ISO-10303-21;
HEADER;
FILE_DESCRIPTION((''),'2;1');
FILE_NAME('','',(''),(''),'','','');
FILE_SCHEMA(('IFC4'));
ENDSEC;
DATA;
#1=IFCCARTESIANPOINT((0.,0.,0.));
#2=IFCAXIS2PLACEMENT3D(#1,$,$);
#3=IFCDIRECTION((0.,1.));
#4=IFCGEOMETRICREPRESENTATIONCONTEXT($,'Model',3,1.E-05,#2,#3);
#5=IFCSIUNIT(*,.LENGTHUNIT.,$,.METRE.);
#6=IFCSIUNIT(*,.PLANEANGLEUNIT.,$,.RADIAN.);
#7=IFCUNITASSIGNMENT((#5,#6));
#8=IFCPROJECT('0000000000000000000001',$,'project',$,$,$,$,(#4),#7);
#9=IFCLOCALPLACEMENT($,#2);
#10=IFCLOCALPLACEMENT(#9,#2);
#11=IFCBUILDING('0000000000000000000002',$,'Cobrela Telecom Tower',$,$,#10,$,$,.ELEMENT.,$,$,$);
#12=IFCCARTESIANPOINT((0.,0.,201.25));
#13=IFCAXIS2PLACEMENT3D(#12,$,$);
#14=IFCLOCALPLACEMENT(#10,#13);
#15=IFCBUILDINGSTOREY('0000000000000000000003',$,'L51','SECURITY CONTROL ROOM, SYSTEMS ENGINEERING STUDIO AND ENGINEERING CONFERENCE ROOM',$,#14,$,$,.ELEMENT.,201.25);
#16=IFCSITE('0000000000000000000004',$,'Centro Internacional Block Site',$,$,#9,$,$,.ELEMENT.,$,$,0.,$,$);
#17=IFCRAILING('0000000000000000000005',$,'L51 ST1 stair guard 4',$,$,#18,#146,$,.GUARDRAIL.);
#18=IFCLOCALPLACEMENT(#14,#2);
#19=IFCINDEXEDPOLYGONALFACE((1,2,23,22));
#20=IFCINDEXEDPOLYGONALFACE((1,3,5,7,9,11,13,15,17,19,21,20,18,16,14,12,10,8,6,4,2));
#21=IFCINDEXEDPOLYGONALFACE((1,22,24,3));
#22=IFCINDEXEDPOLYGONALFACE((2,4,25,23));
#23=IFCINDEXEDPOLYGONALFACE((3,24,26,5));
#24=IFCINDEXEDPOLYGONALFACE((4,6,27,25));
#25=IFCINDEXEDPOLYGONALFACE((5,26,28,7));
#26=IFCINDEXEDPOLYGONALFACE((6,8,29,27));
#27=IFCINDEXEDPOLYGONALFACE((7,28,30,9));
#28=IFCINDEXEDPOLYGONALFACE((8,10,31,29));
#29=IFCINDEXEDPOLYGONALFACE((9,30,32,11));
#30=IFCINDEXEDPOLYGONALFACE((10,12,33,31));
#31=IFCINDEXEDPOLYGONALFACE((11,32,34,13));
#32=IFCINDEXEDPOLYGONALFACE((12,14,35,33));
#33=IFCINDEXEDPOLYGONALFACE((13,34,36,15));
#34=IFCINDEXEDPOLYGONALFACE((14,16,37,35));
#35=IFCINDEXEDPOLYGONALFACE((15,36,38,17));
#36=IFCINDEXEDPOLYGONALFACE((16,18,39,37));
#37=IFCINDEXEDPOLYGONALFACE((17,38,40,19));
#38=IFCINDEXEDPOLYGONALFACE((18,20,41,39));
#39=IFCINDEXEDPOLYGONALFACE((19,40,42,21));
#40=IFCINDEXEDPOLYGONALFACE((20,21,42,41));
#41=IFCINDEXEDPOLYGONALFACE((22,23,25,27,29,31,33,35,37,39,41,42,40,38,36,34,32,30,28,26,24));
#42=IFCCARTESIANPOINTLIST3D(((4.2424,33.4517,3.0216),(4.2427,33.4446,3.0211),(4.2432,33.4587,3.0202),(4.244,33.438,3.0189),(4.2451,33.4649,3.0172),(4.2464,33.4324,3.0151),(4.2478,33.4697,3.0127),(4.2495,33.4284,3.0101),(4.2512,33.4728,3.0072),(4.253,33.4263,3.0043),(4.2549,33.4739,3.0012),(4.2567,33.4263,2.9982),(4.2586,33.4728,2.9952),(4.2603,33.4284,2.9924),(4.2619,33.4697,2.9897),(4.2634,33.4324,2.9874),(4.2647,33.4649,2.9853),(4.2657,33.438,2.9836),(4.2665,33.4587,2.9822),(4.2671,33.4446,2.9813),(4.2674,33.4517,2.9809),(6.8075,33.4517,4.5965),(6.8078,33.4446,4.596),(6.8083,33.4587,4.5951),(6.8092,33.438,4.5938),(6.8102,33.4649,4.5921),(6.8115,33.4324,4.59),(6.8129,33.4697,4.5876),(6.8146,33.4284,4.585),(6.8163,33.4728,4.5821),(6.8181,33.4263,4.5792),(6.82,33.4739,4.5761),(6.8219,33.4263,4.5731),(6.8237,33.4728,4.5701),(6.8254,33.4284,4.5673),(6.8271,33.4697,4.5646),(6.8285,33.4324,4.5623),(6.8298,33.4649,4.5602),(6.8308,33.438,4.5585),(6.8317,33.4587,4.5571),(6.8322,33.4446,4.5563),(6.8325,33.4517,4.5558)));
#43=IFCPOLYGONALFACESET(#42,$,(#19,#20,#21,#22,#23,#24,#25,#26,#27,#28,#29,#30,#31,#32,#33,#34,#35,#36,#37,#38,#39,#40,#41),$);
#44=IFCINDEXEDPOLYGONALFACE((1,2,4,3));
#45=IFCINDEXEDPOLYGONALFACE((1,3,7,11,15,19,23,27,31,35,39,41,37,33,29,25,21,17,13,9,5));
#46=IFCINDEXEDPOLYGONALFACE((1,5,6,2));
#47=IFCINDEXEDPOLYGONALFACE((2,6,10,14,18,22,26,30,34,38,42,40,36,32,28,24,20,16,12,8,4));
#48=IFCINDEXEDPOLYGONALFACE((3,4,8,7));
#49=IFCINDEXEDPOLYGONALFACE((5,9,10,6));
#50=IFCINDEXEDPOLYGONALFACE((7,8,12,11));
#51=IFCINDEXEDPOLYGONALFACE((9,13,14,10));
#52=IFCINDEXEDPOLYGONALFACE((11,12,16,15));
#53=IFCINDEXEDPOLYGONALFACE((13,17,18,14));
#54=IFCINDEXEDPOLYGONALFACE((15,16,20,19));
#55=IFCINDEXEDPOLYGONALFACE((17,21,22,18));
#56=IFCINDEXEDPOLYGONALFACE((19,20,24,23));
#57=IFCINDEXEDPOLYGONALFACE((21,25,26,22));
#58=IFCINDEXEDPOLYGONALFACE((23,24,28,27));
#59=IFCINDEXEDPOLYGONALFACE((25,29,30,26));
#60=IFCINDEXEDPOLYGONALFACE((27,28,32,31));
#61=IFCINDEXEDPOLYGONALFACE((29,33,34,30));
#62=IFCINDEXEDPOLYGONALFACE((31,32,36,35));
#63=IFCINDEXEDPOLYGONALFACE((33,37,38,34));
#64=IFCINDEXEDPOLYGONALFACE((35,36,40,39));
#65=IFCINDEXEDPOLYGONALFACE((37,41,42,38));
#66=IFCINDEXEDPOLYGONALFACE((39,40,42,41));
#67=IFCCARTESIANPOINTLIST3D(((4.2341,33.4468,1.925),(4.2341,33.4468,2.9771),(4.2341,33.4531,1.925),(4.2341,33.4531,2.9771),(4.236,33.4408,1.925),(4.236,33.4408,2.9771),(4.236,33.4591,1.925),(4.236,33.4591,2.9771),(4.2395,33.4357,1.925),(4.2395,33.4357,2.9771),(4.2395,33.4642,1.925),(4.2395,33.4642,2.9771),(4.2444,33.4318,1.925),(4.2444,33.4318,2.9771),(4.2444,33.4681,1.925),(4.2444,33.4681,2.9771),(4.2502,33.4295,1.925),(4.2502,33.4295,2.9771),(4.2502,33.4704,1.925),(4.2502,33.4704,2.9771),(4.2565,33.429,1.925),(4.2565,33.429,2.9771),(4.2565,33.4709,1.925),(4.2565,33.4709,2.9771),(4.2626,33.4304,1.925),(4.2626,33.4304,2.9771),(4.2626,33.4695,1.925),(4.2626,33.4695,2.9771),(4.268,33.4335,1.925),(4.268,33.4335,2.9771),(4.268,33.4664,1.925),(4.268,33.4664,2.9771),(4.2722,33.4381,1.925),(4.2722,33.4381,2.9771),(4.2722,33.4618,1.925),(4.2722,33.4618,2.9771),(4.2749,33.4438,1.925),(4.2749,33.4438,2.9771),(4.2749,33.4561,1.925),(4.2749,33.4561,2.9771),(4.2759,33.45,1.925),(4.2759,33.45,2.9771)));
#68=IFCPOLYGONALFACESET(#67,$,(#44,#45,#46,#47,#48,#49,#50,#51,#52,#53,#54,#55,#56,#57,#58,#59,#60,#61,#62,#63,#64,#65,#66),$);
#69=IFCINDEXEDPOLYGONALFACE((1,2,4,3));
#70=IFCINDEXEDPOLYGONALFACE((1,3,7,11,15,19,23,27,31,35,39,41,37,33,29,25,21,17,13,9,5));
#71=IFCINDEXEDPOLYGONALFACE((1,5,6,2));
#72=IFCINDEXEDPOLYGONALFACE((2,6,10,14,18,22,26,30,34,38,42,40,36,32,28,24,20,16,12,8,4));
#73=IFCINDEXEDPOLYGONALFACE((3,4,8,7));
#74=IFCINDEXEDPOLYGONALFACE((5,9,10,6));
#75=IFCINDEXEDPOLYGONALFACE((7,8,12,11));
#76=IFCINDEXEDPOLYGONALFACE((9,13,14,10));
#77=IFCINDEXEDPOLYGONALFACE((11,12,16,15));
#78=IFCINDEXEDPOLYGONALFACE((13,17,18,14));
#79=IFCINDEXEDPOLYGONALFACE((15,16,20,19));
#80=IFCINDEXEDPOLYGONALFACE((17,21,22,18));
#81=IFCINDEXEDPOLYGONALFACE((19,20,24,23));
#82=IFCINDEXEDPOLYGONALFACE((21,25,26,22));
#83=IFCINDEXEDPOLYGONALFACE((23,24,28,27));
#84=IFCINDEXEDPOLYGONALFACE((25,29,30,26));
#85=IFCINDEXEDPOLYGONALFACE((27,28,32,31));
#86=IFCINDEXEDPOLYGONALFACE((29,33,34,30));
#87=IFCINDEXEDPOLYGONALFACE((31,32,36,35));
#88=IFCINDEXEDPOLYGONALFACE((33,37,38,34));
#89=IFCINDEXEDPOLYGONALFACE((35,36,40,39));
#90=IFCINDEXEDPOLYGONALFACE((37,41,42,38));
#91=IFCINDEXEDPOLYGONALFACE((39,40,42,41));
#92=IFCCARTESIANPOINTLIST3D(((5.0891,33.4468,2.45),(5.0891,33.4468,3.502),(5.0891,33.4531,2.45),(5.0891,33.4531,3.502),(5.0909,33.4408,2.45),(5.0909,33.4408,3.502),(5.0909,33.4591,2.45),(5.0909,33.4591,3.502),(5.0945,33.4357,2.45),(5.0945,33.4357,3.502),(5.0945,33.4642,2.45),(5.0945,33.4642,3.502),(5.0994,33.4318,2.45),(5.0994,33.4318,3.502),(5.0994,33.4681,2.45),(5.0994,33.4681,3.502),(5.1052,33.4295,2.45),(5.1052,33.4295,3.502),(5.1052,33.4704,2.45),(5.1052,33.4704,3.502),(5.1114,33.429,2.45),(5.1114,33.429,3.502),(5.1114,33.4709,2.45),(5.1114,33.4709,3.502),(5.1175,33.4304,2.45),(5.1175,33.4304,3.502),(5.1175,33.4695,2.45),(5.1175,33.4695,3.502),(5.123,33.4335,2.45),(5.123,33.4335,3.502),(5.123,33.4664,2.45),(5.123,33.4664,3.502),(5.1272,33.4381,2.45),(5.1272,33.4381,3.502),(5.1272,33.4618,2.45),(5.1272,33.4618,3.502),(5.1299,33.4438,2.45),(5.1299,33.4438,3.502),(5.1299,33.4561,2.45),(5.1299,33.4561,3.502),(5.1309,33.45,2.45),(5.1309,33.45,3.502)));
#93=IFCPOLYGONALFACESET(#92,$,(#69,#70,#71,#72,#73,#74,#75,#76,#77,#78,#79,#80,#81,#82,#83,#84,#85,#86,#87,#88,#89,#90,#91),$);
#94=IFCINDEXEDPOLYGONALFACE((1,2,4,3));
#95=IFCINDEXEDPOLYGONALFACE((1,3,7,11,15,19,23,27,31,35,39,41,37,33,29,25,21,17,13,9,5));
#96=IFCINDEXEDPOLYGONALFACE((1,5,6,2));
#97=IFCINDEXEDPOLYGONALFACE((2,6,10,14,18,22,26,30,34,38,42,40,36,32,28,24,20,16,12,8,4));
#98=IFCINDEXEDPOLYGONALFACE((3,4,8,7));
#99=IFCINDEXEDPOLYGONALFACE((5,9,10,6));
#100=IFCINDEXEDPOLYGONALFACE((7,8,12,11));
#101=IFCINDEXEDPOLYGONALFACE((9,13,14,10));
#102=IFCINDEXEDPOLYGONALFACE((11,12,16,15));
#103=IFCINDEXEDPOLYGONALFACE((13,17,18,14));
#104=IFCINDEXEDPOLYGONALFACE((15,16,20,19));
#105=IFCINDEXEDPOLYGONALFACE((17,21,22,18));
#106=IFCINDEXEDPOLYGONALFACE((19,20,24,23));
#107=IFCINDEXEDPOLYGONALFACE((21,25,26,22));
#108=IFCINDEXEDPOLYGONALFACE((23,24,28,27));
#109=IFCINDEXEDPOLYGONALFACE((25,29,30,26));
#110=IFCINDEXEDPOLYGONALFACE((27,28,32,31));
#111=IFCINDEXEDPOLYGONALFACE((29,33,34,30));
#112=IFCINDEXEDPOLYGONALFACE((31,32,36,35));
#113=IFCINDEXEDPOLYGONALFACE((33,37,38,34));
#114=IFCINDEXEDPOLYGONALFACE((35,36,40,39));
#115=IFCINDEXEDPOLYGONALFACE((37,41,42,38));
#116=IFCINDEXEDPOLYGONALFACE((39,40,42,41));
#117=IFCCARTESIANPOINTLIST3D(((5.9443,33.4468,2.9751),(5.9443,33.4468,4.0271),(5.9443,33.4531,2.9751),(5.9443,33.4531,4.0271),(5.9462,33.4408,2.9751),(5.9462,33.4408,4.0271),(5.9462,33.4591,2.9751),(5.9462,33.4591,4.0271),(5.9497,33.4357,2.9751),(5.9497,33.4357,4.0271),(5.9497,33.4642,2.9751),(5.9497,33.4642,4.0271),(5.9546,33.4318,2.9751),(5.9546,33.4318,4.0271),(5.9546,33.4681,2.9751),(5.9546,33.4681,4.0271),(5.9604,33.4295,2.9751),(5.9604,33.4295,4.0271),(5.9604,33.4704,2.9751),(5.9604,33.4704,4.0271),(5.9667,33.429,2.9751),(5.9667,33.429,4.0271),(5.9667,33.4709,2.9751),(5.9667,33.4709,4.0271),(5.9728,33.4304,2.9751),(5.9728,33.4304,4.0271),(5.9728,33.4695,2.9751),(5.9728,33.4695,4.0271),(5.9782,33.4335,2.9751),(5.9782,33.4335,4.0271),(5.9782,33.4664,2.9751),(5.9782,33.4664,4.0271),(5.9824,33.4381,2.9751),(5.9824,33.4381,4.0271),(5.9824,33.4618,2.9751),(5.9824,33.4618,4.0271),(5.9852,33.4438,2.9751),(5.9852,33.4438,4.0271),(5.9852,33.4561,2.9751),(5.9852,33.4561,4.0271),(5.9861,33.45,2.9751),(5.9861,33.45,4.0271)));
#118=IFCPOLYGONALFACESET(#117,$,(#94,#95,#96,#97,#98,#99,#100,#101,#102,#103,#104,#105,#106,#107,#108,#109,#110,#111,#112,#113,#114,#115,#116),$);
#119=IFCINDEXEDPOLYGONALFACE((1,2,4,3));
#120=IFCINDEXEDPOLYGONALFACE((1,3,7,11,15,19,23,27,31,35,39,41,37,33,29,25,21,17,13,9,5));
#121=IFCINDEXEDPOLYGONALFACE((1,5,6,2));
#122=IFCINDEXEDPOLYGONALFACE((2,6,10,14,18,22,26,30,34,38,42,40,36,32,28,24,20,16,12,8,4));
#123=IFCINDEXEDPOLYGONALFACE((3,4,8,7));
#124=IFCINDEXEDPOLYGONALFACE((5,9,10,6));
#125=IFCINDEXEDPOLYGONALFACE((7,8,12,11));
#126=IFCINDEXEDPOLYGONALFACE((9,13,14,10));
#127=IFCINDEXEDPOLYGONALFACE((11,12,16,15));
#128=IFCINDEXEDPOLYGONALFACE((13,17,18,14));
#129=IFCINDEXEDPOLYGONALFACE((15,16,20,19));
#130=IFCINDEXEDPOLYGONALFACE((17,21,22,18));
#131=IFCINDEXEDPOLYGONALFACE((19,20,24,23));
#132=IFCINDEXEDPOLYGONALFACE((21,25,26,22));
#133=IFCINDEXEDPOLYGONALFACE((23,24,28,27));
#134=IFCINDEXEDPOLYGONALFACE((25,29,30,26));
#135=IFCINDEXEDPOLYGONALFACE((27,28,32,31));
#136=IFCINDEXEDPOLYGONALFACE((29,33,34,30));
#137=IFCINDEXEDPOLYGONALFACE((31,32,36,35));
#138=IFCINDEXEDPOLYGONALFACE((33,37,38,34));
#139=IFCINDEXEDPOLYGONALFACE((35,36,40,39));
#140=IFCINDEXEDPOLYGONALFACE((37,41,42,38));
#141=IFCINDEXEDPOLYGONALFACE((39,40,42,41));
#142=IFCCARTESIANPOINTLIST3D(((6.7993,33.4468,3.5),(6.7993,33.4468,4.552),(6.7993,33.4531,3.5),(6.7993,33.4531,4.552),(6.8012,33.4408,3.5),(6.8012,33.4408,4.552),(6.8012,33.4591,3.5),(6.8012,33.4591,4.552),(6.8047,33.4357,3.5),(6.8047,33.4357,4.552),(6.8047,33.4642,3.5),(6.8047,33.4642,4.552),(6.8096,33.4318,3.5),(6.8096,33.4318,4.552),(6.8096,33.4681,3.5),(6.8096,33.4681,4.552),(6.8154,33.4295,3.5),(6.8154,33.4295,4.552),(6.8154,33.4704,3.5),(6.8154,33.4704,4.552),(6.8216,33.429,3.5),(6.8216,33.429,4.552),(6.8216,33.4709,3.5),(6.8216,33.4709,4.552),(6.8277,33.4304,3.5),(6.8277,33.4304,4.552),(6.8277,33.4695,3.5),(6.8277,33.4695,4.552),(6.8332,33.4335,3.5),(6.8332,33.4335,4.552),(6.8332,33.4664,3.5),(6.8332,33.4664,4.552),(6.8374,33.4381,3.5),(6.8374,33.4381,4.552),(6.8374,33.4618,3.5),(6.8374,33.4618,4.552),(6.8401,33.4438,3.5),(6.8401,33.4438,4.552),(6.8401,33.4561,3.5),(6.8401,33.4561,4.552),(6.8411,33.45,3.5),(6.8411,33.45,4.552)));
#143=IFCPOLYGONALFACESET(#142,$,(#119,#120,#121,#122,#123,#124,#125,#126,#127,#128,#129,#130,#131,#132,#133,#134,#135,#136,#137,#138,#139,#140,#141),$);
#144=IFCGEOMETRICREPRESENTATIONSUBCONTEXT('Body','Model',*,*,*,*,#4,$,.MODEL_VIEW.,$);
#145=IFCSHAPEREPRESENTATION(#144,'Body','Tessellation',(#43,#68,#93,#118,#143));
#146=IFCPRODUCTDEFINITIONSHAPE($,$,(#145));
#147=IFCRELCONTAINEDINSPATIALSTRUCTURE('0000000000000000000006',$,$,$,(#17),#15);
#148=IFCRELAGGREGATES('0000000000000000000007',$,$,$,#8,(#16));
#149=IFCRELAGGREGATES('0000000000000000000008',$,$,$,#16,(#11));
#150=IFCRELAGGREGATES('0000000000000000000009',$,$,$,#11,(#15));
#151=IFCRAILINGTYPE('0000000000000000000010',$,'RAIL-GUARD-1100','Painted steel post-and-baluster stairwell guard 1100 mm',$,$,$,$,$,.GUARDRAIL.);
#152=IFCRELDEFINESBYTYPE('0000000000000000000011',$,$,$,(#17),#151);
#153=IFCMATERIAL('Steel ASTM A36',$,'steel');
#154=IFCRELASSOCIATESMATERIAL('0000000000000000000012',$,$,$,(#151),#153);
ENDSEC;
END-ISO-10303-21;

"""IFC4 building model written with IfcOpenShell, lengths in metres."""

from ifc_helpers import new_model, si_unit, direction, frame, origin, origin_2d, place, context, subcontext, project, spatial, circle, extrude, material, type_object, element, save


model = new_model("IFC4")

# Units and contexts
model_context = context("Model", 3, precision=1e-05, world=origin(), true_north=direction((0.0, 1.0)))
body_context = subcontext(model_context, "Body", "Model", "MODEL_VIEW")
ifc_project = project(units=[si_unit("LENGTHUNIT", "METRE"), si_unit("PLANEANGLEUNIT", "RADIAN")], contexts=[model_context])

# Site, building, storey
site_placement = place(None, origin())
site = spatial("IfcSite", under=ifc_project, at=site_placement, Name="Centro Internacional Block Site", CompositionType="ELEMENT", RefElevation=0.0)
building_placement = place(site_placement, origin())
building = spatial("IfcBuilding", under=site, at=building_placement, Name="Cobrela Telecom Tower", CompositionType="ELEMENT")
storey_placement = place(building_placement, frame((0.0, 0.0, 201.25)))
storey = spatial("IfcBuildingStorey", under=building, at=storey_placement, Name="L51", Description="SECURITY CONTROL ROOM, SYSTEMS ENGINEERING STUDIO AND ENGINEERING CONFERENCE ROOM", CompositionType="ELEMENT", Elevation=201.25)

# Shared definitions
ifc_material_1 = material(Name="Steel ASTM A36", Category="steel")

# Railing
railing_type_1 = type_object("IfcRailingType", Name="RAIL-GUARD-1100", Description="Painted steel post-and-baluster stairwell guard 1100 mm", PredefinedType="GUARDRAIL", material=ifc_material_1)
railing_1_placement = place(storey_placement, frame((4.2549, 33.45, 1.925)))
element("IfcRailing", 1, at=railing_1_placement, inside=storey, type_object=railing_type_1, Name="L51 ST1 stair guard 4", PredefinedType="GUARDRAIL", context=body_context, shape_type="SweptSolid", body=[
    extrude(circle(Radius=0.0239, at=origin_2d()), frame((0.0, 0.0, 1.0762), z_axis=(0.852195, 0.0, 0.523224), x_axis=(0.0, 1.0, 0.0)), (0.0, 0.0, 1.0), 3.01),
    extrude(circle(Radius=0.021, at=origin_2d()), origin(), (0.0, 0.0, 1.0), 1.052),
    extrude(circle(Radius=0.021, at=origin_2d()), frame((0.855, 0.0, 0.5249)), (0.0, 0.0, 1.0), 1.052),
    extrude(circle(Radius=0.021, at=origin_2d()), frame((1.7102, 0.0, 1.05)), (0.0, 0.0, 1.0), 1.052),
    extrude(circle(Radius=0.021, at=origin_2d()), frame((2.5652, 0.0, 1.575)), (0.0, 0.0, 1.0), 1.052),
])

save(model, "model.ifc")
